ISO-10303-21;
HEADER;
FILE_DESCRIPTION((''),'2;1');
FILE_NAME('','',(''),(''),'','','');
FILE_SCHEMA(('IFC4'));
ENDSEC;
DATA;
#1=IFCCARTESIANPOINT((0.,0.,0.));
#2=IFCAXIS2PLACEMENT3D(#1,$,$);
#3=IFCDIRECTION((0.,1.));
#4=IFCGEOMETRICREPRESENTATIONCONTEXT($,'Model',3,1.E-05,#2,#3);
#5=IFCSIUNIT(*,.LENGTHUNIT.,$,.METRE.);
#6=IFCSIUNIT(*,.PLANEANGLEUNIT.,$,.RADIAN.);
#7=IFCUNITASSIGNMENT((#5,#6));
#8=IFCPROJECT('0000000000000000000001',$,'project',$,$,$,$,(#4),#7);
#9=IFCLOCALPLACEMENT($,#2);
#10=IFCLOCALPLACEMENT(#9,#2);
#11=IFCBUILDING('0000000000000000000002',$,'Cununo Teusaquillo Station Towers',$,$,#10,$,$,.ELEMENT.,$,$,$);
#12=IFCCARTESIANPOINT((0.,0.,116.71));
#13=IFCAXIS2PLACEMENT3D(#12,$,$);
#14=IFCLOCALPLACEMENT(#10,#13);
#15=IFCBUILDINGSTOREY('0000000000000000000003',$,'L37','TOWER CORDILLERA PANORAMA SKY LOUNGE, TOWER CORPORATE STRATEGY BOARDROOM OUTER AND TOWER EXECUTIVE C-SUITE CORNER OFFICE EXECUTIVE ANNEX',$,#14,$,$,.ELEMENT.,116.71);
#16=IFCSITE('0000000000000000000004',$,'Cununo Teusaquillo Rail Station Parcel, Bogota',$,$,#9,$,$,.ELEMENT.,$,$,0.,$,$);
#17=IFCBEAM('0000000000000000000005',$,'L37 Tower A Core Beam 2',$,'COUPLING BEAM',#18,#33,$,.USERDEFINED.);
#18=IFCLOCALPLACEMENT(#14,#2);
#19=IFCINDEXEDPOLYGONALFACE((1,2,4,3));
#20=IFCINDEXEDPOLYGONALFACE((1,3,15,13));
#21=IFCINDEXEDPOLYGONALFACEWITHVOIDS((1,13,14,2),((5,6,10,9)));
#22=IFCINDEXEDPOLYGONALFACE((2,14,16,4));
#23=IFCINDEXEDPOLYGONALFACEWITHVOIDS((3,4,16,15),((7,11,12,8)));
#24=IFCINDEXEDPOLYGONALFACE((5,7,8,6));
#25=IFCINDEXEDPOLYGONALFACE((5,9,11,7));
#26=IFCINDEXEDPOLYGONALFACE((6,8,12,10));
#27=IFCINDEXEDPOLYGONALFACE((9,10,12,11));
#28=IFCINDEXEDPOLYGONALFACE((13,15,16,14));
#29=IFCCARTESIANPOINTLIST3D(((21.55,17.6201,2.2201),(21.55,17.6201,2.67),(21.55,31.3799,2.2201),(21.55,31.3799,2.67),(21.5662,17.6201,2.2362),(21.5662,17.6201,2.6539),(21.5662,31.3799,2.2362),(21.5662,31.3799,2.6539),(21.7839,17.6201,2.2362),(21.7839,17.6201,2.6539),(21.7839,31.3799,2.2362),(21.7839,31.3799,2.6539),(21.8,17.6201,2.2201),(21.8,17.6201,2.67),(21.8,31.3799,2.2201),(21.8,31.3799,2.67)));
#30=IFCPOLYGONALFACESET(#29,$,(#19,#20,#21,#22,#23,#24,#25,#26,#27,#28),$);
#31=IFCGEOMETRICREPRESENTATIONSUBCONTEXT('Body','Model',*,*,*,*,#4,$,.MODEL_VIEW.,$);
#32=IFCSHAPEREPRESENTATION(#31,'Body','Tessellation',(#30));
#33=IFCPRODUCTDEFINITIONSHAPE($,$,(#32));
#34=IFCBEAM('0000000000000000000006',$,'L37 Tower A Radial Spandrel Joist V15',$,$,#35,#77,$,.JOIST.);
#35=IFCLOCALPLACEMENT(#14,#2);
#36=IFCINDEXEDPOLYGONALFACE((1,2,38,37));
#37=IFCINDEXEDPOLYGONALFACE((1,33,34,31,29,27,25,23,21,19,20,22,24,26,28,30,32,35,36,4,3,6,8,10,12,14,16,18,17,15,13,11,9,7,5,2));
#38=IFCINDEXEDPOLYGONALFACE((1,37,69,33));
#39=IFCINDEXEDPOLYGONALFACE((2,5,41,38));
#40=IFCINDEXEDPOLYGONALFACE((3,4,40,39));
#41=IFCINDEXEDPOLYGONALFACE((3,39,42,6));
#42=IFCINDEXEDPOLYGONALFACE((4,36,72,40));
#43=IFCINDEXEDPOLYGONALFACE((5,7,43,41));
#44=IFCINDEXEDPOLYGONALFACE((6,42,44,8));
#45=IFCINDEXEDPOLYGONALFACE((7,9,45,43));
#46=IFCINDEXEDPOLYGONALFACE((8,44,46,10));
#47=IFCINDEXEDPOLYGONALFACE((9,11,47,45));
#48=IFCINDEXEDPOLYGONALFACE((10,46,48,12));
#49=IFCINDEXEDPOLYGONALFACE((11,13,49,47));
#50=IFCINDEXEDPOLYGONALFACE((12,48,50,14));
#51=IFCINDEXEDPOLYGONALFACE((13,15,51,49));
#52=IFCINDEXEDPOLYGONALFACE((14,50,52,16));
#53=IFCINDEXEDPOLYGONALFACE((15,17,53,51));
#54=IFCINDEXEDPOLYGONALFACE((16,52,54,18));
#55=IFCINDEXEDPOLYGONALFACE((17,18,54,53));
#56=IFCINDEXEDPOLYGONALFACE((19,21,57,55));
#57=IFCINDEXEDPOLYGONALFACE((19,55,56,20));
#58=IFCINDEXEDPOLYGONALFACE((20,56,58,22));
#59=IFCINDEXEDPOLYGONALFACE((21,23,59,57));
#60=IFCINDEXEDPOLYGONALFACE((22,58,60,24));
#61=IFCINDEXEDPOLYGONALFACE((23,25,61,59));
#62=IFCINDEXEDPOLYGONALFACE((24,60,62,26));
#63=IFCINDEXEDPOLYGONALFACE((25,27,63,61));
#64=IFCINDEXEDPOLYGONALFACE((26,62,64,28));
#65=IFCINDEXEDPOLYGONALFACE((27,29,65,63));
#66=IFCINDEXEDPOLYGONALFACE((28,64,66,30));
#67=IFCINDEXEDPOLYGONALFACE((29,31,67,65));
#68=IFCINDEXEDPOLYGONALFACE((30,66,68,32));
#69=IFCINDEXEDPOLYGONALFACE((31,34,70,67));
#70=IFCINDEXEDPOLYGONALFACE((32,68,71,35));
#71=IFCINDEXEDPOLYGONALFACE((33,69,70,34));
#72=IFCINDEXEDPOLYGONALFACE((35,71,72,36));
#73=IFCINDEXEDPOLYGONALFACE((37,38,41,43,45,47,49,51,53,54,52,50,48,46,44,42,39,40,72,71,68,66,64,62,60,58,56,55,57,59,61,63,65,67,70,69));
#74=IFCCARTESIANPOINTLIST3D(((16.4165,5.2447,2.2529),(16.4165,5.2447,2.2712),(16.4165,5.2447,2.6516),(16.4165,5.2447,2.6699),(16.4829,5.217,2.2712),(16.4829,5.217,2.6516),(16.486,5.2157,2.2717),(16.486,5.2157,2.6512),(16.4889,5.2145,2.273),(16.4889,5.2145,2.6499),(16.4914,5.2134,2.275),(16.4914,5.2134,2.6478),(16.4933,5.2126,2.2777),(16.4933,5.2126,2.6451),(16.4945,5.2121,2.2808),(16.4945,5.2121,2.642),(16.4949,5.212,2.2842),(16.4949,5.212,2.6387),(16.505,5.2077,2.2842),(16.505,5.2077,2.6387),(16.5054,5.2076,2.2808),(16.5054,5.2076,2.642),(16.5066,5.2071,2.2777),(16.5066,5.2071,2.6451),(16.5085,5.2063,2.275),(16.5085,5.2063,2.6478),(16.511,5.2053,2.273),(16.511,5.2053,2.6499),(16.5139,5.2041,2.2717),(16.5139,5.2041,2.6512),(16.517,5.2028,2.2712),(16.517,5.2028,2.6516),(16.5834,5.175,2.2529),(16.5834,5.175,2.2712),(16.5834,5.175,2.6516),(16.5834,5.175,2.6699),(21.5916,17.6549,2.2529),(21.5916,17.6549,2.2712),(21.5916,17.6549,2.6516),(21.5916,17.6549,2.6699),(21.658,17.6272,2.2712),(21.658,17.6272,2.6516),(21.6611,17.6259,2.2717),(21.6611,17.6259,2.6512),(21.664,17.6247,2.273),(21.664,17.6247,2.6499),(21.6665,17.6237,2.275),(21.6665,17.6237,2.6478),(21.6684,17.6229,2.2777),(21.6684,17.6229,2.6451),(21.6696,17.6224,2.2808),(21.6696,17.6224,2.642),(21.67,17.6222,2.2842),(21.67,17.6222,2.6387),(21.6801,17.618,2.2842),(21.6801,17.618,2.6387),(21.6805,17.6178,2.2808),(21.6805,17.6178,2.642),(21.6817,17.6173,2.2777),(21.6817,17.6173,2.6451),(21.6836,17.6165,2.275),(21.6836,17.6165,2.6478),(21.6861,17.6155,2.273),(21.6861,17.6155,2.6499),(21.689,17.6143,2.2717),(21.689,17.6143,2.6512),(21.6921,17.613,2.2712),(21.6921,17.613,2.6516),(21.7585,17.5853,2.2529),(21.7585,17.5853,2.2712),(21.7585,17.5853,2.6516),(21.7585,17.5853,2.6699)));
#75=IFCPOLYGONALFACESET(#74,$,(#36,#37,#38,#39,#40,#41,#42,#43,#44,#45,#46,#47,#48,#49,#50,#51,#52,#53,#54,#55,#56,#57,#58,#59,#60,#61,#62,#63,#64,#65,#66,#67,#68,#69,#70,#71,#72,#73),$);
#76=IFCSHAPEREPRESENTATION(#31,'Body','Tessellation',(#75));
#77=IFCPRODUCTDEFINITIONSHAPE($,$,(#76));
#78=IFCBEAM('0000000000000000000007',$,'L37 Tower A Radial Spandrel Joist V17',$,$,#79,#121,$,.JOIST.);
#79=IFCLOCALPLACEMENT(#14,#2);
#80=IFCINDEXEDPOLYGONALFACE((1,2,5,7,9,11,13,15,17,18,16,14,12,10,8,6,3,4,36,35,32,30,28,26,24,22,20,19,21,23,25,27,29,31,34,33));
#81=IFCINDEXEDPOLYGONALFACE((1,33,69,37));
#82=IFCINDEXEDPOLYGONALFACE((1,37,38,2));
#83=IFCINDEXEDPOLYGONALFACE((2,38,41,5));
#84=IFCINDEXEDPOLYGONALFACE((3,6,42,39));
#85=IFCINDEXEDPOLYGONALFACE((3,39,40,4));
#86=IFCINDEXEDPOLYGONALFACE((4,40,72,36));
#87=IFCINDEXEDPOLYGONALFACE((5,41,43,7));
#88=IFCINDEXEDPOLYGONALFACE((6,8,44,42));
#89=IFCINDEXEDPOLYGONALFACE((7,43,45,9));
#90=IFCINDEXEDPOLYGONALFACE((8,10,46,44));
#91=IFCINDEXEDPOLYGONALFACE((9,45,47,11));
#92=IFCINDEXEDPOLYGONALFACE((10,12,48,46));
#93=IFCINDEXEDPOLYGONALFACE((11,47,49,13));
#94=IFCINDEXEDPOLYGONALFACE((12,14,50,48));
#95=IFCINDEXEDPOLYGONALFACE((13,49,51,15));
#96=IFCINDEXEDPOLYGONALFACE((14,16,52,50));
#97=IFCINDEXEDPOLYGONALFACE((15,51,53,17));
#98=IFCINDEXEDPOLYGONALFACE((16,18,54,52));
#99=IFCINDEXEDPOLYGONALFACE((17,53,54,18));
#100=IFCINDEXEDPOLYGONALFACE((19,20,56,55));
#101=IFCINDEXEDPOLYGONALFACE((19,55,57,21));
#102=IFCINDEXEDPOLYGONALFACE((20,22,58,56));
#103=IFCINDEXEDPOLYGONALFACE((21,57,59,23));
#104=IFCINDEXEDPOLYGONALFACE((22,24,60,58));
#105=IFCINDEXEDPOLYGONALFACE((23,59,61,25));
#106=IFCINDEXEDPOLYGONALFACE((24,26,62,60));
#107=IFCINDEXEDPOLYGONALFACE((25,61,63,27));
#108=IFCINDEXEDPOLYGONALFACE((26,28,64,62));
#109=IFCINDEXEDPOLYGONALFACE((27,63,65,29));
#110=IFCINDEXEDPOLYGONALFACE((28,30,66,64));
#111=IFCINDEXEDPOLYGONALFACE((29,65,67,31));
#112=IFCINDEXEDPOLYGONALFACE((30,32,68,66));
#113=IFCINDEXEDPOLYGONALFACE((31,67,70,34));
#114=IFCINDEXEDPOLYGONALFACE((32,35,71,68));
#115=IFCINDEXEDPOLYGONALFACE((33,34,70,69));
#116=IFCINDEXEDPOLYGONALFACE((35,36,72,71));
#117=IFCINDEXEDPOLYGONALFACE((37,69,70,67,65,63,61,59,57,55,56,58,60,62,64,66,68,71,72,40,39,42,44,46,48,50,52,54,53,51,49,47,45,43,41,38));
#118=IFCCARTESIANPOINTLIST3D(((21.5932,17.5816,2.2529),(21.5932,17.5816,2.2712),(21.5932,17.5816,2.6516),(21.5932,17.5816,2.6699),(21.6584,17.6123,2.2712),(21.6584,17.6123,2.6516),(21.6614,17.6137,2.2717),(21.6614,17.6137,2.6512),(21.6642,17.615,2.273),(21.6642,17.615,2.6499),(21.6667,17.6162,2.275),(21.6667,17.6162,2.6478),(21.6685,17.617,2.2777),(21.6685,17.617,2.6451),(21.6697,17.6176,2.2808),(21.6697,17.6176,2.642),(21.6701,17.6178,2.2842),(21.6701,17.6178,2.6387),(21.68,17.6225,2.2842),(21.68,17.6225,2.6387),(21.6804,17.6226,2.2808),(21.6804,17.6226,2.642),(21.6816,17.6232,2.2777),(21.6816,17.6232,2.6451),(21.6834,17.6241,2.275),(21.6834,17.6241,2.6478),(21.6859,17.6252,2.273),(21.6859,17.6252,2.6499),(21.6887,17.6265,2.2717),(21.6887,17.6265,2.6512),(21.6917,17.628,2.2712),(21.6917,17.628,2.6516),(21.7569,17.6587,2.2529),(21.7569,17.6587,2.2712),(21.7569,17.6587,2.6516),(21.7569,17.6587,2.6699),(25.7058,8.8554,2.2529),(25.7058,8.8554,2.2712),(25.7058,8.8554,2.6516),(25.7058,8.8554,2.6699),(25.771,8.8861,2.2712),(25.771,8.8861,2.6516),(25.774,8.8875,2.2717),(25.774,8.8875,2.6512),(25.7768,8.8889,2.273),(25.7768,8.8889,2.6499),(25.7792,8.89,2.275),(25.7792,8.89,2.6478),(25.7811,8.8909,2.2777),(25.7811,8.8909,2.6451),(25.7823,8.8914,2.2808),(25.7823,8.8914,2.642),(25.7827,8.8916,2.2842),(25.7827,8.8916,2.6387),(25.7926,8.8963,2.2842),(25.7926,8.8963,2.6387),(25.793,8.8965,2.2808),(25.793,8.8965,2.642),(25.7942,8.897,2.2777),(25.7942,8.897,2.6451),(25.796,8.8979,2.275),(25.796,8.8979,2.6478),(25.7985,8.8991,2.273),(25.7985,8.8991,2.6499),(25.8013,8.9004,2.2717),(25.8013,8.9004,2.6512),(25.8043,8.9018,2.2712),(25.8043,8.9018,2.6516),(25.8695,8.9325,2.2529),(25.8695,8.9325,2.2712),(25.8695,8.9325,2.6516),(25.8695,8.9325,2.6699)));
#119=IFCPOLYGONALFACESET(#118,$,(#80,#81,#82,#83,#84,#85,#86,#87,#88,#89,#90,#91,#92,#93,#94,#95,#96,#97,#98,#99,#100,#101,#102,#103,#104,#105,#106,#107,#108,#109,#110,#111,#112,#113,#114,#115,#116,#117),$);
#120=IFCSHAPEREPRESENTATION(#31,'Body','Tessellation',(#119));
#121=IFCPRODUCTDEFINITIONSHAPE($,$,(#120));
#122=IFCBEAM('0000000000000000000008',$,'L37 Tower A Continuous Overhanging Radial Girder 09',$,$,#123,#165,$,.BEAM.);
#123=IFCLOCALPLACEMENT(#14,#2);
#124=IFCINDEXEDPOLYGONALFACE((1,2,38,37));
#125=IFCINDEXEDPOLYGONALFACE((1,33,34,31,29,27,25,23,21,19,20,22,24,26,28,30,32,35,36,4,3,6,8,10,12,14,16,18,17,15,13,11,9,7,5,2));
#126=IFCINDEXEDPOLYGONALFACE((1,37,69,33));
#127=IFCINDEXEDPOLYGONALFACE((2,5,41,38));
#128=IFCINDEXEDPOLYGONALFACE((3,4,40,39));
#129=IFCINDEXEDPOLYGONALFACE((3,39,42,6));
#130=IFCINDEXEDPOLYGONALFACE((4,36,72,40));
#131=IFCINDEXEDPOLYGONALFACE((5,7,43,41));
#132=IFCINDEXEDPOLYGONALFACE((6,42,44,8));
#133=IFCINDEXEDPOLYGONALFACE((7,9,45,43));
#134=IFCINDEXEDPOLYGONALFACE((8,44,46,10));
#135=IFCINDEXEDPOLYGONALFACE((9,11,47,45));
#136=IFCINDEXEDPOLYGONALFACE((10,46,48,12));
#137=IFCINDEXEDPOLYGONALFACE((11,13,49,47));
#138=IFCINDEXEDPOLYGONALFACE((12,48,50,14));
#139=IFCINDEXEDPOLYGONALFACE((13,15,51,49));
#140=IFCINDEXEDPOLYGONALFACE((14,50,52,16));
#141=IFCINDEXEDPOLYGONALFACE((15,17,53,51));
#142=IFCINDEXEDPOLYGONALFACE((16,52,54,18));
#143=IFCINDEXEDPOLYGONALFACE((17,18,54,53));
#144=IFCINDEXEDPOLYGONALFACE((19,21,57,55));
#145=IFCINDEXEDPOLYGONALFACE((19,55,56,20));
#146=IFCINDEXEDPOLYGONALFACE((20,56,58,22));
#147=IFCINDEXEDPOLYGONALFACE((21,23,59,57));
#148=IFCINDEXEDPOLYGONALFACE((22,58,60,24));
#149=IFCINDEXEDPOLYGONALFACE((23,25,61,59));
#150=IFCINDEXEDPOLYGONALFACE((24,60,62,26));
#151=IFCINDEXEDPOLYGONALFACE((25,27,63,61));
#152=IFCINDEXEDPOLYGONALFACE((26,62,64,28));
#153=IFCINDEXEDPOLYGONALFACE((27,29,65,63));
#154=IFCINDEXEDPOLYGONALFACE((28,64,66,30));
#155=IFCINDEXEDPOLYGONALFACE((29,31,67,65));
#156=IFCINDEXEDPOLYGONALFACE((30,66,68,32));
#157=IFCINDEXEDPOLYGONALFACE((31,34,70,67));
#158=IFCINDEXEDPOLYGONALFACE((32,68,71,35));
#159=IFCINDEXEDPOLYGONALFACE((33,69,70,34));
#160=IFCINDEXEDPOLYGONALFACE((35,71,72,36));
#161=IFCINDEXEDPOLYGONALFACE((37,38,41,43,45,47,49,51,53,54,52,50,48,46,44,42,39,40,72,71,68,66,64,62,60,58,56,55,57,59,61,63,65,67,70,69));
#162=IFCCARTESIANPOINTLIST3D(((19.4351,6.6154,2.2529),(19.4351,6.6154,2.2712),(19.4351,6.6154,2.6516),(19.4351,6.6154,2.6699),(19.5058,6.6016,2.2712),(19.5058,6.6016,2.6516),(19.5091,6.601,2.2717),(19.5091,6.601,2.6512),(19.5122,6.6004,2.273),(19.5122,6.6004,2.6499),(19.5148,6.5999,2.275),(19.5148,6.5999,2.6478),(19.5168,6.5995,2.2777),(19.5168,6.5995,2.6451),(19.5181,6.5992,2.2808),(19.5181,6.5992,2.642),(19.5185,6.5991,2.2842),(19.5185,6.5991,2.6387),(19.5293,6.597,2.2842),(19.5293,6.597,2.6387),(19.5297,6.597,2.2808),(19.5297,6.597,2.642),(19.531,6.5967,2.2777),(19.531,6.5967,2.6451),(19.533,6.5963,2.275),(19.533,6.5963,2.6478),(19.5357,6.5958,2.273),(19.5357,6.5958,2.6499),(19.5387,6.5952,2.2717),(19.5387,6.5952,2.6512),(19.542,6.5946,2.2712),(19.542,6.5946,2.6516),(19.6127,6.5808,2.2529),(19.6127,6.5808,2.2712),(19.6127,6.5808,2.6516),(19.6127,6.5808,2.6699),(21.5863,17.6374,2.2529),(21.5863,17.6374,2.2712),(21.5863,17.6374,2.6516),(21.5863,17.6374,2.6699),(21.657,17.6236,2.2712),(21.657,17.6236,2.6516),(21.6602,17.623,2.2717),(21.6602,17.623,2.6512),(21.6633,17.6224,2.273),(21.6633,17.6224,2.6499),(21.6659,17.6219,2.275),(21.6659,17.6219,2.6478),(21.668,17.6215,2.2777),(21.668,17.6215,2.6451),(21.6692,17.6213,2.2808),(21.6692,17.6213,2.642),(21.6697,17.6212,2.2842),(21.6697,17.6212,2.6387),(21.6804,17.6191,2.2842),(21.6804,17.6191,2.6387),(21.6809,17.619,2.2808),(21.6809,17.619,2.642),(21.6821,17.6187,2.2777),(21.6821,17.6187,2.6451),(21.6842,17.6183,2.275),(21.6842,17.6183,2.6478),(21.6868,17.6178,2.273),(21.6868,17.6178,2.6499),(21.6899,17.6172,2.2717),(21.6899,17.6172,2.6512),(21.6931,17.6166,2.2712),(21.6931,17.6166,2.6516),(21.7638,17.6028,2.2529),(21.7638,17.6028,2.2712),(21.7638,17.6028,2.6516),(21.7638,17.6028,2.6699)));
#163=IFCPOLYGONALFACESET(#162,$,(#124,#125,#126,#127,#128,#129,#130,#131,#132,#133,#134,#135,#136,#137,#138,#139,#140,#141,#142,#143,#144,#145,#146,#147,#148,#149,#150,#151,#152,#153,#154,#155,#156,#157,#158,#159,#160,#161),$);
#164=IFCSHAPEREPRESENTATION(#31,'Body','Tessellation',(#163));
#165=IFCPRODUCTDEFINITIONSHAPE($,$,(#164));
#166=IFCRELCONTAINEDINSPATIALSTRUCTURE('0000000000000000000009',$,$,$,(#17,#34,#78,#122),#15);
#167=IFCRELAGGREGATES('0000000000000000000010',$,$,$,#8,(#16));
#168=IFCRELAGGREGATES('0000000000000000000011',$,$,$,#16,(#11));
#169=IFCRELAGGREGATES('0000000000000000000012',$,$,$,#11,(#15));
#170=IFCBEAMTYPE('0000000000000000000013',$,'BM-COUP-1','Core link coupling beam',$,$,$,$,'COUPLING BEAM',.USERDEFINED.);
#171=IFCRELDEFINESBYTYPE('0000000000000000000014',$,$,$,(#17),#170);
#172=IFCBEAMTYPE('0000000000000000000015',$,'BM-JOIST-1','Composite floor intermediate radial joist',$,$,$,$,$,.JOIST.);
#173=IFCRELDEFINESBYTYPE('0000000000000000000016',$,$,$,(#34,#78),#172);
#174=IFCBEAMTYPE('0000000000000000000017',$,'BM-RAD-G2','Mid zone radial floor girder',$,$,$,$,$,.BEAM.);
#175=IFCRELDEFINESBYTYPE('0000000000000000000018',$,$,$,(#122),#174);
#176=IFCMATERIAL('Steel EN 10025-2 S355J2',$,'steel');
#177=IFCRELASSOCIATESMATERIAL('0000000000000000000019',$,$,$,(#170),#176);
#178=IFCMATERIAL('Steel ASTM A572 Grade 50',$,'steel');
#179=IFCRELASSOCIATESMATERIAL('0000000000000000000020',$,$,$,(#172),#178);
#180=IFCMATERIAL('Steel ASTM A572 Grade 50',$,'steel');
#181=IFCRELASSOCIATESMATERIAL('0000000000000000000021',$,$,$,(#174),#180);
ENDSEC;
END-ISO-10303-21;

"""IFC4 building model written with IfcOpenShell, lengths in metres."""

from ifc_helpers import new_model, si_unit, direction, frame, origin, origin_2d, place, context, subcontext, project, spatial, hollow_rectangle, i_section, extrude, material, material_profile, profile_set, type_object, element, save


model = new_model("IFC4")

# Units and contexts
model_context = context("Model", 3, precision=1e-05, world=origin(), true_north=direction((0.0, 1.0)))
body_context = subcontext(model_context, "Body", "Model", "MODEL_VIEW")
ifc_project = project(units=[si_unit("LENGTHUNIT", "METRE"), si_unit("PLANEANGLEUNIT", "RADIAN")], contexts=[model_context])

# Site, building, storey
site_placement = place(None, origin())
site = spatial("IfcSite", under=ifc_project, at=site_placement, Name="Cununo Teusaquillo Rail Station Parcel, Bogota", CompositionType="ELEMENT", RefElevation=0.0)
building_placement = place(site_placement, origin())
building = spatial("IfcBuilding", under=site, at=building_placement, Name="Cununo Teusaquillo Station Towers", CompositionType="ELEMENT")
storey_placement = place(building_placement, frame((0.0, 0.0, 116.71)))
storey = spatial("IfcBuildingStorey", under=building, at=storey_placement, Name="L37", Description="TOWER CORDILLERA PANORAMA SKY LOUNGE, TOWER CORPORATE STRATEGY BOARDROOM OUTER AND TOWER EXECUTIVE C-SUITE CORNER OFFICE EXECUTIVE ANNEX", CompositionType="ELEMENT", Elevation=116.71)

# Beams
ifc_material_1 = material(Name="Steel EN 10025-2 S355J2", Category="steel")
ifc_material_profile_1 = material_profile(ifc_material_1, hollow_rectangle(XDim=0.25, YDim=0.45, WallThickness=0.0161, at=origin_2d()), Name="RHS 450x250x16")
ifc_profile_set_1 = profile_set([ifc_material_profile_1], Name="Steel EN 10025-2 S355J2")
beam_type_1 = type_object("IfcBeamType", Name="BM-COUP-1", Description="Core link coupling beam", ElementType="COUPLING BEAM", PredefinedType="USERDEFINED", material=ifc_profile_set_1)
beam_1_placement = place(storey_placement, frame((21.675, 17.6201, 2.4451), z_axis=(0.0, 1.0, 0.0), x_axis=(-1.0, 0.0, 0.0)))
element("IfcBeam", 1, at=beam_1_placement, inside=storey, type_object=beam_type_1, Name="L37 Tower A Core Beam 2", ObjectType="COUPLING BEAM", PredefinedType="USERDEFINED", context=body_context, shape_type="SweptSolid", body=[
    extrude(hollow_rectangle(XDim=0.25, YDim=0.45, WallThickness=0.0161, at=origin_2d()), origin(), (0.0, 0.0, 1.0), 13.7598),
])
ifc_material_2 = material(Name="Steel ASTM A572 Grade 50", Category="steel")
ifc_material_profile_2 = material_profile(ifc_material_2, i_section(OverallWidth=0.1809, OverallDepth=0.417, WebThickness=0.011, FlangeThickness=0.0183, FilletRadius=0.0129, at=origin_2d()), Name="W16X57")
ifc_profile_set_2 = profile_set([ifc_material_profile_2], Name="Steel ASTM A572 Grade 50")
beam_type_2 = type_object("IfcBeamType", Name="BM-JOIST-1", Description="Composite floor intermediate radial joist", PredefinedType="JOIST", material=ifc_profile_set_2)
beam_2_placement = place(storey_placement, frame((21.675, 17.6201, 2.4614), z_axis=(-0.384878, -0.922967, 0.0), x_axis=(0.922967, -0.384878, 0.0)))
element("IfcBeam", 2, at=beam_2_placement, inside=storey, type_object=beam_type_2, Name="L37 Tower A Radial Spandrel Joist V15", PredefinedType="JOIST", context=body_context, shape_type="SweptSolid", body=[
    extrude(i_section(OverallWidth=0.1809, OverallDepth=0.417, WebThickness=0.011, FlangeThickness=0.0183, FilletRadius=0.0129, at=origin_2d()), origin(), (0.0, 0.0, 1.0), 13.446),
])
beam_3_placement = place(storey_placement, frame((21.675, 17.6201, 2.4614), z_axis=(0.42632, -0.904572, 0.0), x_axis=(0.904572, 0.42632, 0.0)))
element("IfcBeam", 3, at=beam_3_placement, inside=storey, type_object=beam_type_2, Name="L37 Tower A Radial Spandrel Joist V17", PredefinedType="JOIST", context=body_context, shape_type="SweptSolid", body=[
    extrude(i_section(OverallWidth=0.1809, OverallDepth=0.417, WebThickness=0.011, FlangeThickness=0.0183, FilletRadius=0.0129, at=origin_2d()), origin(), (0.0, 0.0, 1.0), 9.6467),
])
ifc_material_3 = material(Name="Steel ASTM A572 Grade 50", Category="steel")
ifc_material_profile_3 = material_profile(ifc_material_3, i_section(OverallWidth=0.1809, OverallDepth=0.417, WebThickness=0.011, FlangeThickness=0.0183, FilletRadius=0.0129, at=origin_2d()), Name="W16X57")
ifc_profile_set_3 = profile_set([ifc_material_profile_3], Name="Steel ASTM A572 Grade 50")
beam_type_3 = type_object("IfcBeamType", Name="BM-RAD-G2", Description="Mid zone radial floor girder", PredefinedType="BEAM", material=ifc_profile_set_3)
beam_4_placement = place(storey_placement, frame((21.675, 17.6201, 2.4614), z_axis=(-0.191553, -0.981482, 0.0), x_axis=(0.981482, -0.191553, 0.0)))
element("IfcBeam", 4, at=beam_4_placement, inside=storey, type_object=beam_type_3, Name="L37 Tower A Continuous Overhanging Radial Girder 09", PredefinedType="BEAM", context=body_context, shape_type="SweptSolid", body=[
    extrude(i_section(OverallWidth=0.1809, OverallDepth=0.417, WebThickness=0.011, FlangeThickness=0.0183, FilletRadius=0.0129, at=origin_2d()), origin(), (0.0, 0.0, 1.0), 11.23),
])

save(model, "model.ifc")
